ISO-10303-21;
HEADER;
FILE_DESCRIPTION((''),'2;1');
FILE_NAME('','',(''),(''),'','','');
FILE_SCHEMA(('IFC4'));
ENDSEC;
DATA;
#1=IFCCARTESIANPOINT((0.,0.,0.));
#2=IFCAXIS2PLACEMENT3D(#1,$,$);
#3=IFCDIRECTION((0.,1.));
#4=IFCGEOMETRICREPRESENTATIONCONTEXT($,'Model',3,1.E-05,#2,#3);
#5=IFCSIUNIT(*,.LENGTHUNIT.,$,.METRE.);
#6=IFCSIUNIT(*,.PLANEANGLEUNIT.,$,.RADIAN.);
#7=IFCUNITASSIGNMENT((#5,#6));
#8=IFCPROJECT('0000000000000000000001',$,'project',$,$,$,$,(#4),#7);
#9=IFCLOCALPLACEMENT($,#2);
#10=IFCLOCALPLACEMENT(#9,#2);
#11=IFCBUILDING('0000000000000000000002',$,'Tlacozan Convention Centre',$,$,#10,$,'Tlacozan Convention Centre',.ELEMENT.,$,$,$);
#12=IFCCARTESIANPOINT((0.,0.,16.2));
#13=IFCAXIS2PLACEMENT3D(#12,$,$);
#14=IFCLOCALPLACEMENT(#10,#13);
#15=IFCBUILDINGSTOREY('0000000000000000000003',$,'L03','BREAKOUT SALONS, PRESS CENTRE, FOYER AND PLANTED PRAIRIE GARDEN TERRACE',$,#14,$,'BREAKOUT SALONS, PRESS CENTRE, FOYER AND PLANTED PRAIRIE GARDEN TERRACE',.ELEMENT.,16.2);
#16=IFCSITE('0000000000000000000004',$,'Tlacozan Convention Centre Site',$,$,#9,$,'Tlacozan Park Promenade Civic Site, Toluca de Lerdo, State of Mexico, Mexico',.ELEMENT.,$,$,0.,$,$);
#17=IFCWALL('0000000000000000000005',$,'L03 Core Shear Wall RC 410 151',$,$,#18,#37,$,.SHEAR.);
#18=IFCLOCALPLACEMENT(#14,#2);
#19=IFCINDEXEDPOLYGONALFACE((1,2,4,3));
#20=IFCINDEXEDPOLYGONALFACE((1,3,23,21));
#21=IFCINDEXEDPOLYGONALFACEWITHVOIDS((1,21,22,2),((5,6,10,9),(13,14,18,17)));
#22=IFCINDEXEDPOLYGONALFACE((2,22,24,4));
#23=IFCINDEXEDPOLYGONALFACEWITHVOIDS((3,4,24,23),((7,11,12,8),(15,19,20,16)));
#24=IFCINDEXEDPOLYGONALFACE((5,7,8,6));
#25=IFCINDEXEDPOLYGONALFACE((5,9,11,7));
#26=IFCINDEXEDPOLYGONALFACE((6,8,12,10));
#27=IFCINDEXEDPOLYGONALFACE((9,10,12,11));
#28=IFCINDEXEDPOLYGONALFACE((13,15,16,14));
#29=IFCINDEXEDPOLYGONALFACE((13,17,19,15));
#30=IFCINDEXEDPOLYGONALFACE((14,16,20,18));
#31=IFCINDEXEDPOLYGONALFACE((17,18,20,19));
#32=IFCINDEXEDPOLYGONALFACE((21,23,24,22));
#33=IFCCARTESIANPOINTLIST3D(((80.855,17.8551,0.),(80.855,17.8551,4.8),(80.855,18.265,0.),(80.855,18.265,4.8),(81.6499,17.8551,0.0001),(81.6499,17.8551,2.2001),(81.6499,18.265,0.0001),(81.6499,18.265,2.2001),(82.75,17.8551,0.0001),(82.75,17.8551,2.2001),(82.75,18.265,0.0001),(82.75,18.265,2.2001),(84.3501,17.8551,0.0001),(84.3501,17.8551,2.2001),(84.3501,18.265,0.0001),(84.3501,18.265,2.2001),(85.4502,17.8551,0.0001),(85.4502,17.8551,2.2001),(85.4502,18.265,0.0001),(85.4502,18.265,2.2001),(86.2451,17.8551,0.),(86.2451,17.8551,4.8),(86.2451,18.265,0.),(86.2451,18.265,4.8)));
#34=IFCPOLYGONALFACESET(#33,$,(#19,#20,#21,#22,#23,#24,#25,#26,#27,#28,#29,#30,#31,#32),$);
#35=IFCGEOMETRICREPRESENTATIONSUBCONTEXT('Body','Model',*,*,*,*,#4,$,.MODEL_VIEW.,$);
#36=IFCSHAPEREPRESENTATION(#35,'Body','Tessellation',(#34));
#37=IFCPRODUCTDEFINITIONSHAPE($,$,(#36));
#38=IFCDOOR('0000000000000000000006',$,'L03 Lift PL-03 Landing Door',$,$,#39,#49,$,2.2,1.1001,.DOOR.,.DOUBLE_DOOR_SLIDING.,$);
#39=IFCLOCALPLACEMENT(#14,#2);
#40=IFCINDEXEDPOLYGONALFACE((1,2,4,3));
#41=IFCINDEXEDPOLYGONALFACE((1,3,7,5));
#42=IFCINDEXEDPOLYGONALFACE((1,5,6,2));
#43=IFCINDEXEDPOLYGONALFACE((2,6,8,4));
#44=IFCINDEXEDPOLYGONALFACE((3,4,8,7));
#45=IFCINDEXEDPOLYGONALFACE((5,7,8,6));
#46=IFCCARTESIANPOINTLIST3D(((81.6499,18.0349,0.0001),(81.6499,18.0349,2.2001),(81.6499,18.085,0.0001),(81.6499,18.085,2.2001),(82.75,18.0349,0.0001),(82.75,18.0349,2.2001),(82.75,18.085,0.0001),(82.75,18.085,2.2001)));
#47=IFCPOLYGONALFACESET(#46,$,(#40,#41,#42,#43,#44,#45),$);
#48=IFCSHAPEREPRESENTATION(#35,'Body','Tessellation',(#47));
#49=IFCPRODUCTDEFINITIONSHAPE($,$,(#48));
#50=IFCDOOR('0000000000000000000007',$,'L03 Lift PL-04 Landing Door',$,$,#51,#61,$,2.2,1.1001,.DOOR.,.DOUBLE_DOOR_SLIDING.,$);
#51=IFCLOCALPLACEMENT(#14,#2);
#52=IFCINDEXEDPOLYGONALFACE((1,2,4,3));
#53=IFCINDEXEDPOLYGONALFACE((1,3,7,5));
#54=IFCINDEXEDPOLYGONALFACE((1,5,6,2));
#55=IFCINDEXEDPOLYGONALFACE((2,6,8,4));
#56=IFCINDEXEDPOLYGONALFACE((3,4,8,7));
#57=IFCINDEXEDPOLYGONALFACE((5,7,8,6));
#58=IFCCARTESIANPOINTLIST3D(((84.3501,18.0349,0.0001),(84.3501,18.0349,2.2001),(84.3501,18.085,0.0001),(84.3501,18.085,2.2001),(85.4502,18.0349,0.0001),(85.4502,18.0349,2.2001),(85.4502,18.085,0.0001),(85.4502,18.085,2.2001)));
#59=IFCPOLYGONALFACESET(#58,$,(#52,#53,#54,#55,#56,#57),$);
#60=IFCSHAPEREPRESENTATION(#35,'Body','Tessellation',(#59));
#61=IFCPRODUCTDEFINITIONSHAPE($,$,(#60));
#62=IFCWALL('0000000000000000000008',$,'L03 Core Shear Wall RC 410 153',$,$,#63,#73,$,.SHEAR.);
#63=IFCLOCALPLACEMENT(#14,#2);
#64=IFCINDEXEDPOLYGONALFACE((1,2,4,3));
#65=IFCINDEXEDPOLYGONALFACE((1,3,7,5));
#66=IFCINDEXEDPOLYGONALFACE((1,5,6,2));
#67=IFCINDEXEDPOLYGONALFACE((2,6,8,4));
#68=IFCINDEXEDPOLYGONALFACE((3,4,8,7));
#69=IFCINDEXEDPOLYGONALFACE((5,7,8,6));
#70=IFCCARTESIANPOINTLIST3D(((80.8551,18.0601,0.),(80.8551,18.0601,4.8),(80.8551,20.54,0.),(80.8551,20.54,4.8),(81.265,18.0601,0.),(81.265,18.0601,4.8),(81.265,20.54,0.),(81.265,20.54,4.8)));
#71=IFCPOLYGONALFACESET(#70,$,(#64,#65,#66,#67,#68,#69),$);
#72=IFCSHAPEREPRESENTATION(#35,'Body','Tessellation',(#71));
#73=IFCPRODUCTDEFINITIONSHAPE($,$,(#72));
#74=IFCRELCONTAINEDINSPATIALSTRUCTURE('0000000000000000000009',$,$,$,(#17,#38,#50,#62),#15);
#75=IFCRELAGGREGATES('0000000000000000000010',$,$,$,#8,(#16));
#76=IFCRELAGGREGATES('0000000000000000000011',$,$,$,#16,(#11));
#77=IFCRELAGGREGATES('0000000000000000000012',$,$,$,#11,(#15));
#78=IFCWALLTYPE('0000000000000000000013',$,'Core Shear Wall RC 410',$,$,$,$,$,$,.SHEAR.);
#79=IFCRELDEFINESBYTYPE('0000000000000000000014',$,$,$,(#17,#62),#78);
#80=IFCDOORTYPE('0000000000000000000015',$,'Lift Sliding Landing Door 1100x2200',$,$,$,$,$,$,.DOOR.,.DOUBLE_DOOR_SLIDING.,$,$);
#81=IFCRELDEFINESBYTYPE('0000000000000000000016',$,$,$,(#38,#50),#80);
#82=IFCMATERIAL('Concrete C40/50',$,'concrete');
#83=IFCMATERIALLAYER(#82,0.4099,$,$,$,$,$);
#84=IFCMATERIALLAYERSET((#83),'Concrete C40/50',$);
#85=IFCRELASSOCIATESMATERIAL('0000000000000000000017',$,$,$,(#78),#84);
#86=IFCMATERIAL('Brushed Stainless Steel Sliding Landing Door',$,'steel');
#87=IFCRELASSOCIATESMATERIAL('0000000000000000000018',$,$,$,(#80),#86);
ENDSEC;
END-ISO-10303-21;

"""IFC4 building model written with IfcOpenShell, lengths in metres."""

from ifc_helpers import new_model, si_unit, direction, frame, frame_2d, origin, place, context, subcontext, project, spatial, rectangle, extrude, material, layer, layer_set, type_object, element, fill, save


model = new_model("IFC4")

# Units and contexts
model_context = context("Model", 3, precision=1e-05, world=origin(), true_north=direction((0.0, 1.0)))
body_context = subcontext(model_context, "Body", "Model", "MODEL_VIEW")
ifc_project = project(units=[si_unit("LENGTHUNIT", "METRE"), si_unit("PLANEANGLEUNIT", "RADIAN")], contexts=[model_context])

# Site, building, storey
site_placement = place(None, origin())
site = spatial("IfcSite", under=ifc_project, at=site_placement, Name="Tlacozan Convention Centre Site", LongName="Tlacozan Park Promenade Civic Site, Toluca de Lerdo, State of Mexico, Mexico", CompositionType="ELEMENT", RefElevation=0.0)
building_placement = place(site_placement, origin())
building = spatial("IfcBuilding", under=site, at=building_placement, Name="Tlacozan Convention Centre", LongName="Tlacozan Convention Centre", CompositionType="ELEMENT")
storey_placement = place(building_placement, frame((0.0, 0.0, 16.2)))
storey = spatial("IfcBuildingStorey", under=building, at=storey_placement, Name="L03", Description="BREAKOUT SALONS, PRESS CENTRE, FOYER AND PLANTED PRAIRIE GARDEN TERRACE", LongName="BREAKOUT SALONS, PRESS CENTRE, FOYER AND PLANTED PRAIRIE GARDEN TERRACE", CompositionType="ELEMENT", Elevation=16.2)

# Shared definitions
ifc_material_1 = material(Name="Concrete C40/50", Category="concrete")

# Wall, openings, doors
ifc_layer_1 = layer(ifc_material_1, 0.4099)
ifc_layer_set_1 = layer_set([ifc_layer_1], Name="Concrete C40/50")
wall_type = type_object("IfcWallType", Name="Core Shear Wall RC 410", PredefinedType="SHEAR", material=ifc_layer_set_1)
wall_1_placement = place(storey_placement, frame((80.855, 18.0601, 0.0), z_axis=(0.0, 0.0, 1.0), x_axis=(1.0, 0.0, 0.0)))
wall_1 = element("IfcWall", 1, at=wall_1_placement, inside=storey, type_object=wall_type, Name="L03 Core Shear Wall RC 410 151", PredefinedType="SHEAR", context=body_context, shape_type="SweptSolid", body=[
    extrude(rectangle(XDim=5.3901, YDim=0.4099, at=frame_2d((2.6951, 0.0))), origin(), (0.0, 0.0, 1.0), 4.8),
])
opening_1_placement = place(wall_1_placement, frame((0.7949, 0.0, 0.0)))
opening_1 = element("IfcOpeningElement", 2, at=opening_1_placement, cuts=wall_1, PredefinedType="OPENING", context=body_context, shape_type="SweptSolid", body=[
    extrude(rectangle(XDim=1.1001, YDim=2.2, at=frame_2d((0.55, 1.1001))), frame((0.0, 0.2148, 0.0), z_axis=(0.0, -1.0, 0.0), x_axis=(1.0, 0.0, 0.0)), (0.0, 0.0, 1.0), 0.4299),
])
opening_2_placement = place(wall_1_placement, frame((3.4951, 0.0, 0.0)))
opening_2 = element("IfcOpeningElement", 3, at=opening_2_placement, cuts=wall_1, PredefinedType="OPENING", context=body_context, shape_type="SweptSolid", body=[
    extrude(rectangle(XDim=1.1001, YDim=2.2, at=frame_2d((0.55, 1.1001))), frame((0.0, 0.2148, 0.0), z_axis=(0.0, -1.0, 0.0), x_axis=(1.0, 0.0, 0.0)), (0.0, 0.0, 1.0), 0.4299),
])
ifc_material_2 = material(Name="Brushed Stainless Steel Sliding Landing Door", Category="steel")
door_type = type_object("IfcDoorType", Name="Lift Sliding Landing Door 1100x2200", OperationType="DOUBLE_DOOR_SLIDING", PredefinedType="DOOR", material=ifc_material_2)
door_1_placement = place(opening_1_placement, origin())
door_1 = element("IfcDoor", 4, at=door_1_placement, inside=storey, type_object=door_type, Name="L03 Lift PL-03 Landing Door", OperationType="DOUBLE_DOOR_SLIDING", OverallHeight=2.2, OverallWidth=1.1001, PredefinedType="DOOR", context=body_context, shape_type="SweptSolid", body=[
    extrude(rectangle(XDim=1.1001, YDim=2.2, at=frame_2d((0.55, 1.1001))), frame((0.0, 0.0249, 0.0), z_axis=(0.0, -1.0, 0.0), x_axis=(1.0, 0.0, 0.0)), (0.0, 0.0, 1.0), 0.05),
])
fill(opening_1, door_1)
door_2_placement = place(opening_2_placement, origin())
door_2 = element("IfcDoor", 5, at=door_2_placement, inside=storey, type_object=door_type, Name="L03 Lift PL-04 Landing Door", OperationType="DOUBLE_DOOR_SLIDING", OverallHeight=2.2, OverallWidth=1.1001, PredefinedType="DOOR", context=body_context, shape_type="SweptSolid", body=[
    extrude(rectangle(XDim=1.1001, YDim=2.2, at=frame_2d((0.55, 1.1001))), frame((0.0, 0.0249, 0.0), z_axis=(0.0, -1.0, 0.0), x_axis=(1.0, 0.0, 0.0)), (0.0, 0.0, 1.0), 0.05),
])
fill(opening_2, door_2)

# Wall
wall_2_placement = place(storey_placement, frame((81.0601, 18.0601, 0.0), z_axis=(0.0, 0.0, 1.0), x_axis=(0.0, 1.0, 0.0)))
element("IfcWall", 6, at=wall_2_placement, inside=storey, type_object=wall_type, Name="L03 Core Shear Wall RC 410 153", PredefinedType="SHEAR", context=body_context, shape_type="SweptSolid", body=[
    extrude(rectangle(XDim=2.48, YDim=0.4099, at=frame_2d((1.24, 0.0))), origin(), (0.0, 0.0, 1.0), 4.8),
])

save(model, "model.ifc")
